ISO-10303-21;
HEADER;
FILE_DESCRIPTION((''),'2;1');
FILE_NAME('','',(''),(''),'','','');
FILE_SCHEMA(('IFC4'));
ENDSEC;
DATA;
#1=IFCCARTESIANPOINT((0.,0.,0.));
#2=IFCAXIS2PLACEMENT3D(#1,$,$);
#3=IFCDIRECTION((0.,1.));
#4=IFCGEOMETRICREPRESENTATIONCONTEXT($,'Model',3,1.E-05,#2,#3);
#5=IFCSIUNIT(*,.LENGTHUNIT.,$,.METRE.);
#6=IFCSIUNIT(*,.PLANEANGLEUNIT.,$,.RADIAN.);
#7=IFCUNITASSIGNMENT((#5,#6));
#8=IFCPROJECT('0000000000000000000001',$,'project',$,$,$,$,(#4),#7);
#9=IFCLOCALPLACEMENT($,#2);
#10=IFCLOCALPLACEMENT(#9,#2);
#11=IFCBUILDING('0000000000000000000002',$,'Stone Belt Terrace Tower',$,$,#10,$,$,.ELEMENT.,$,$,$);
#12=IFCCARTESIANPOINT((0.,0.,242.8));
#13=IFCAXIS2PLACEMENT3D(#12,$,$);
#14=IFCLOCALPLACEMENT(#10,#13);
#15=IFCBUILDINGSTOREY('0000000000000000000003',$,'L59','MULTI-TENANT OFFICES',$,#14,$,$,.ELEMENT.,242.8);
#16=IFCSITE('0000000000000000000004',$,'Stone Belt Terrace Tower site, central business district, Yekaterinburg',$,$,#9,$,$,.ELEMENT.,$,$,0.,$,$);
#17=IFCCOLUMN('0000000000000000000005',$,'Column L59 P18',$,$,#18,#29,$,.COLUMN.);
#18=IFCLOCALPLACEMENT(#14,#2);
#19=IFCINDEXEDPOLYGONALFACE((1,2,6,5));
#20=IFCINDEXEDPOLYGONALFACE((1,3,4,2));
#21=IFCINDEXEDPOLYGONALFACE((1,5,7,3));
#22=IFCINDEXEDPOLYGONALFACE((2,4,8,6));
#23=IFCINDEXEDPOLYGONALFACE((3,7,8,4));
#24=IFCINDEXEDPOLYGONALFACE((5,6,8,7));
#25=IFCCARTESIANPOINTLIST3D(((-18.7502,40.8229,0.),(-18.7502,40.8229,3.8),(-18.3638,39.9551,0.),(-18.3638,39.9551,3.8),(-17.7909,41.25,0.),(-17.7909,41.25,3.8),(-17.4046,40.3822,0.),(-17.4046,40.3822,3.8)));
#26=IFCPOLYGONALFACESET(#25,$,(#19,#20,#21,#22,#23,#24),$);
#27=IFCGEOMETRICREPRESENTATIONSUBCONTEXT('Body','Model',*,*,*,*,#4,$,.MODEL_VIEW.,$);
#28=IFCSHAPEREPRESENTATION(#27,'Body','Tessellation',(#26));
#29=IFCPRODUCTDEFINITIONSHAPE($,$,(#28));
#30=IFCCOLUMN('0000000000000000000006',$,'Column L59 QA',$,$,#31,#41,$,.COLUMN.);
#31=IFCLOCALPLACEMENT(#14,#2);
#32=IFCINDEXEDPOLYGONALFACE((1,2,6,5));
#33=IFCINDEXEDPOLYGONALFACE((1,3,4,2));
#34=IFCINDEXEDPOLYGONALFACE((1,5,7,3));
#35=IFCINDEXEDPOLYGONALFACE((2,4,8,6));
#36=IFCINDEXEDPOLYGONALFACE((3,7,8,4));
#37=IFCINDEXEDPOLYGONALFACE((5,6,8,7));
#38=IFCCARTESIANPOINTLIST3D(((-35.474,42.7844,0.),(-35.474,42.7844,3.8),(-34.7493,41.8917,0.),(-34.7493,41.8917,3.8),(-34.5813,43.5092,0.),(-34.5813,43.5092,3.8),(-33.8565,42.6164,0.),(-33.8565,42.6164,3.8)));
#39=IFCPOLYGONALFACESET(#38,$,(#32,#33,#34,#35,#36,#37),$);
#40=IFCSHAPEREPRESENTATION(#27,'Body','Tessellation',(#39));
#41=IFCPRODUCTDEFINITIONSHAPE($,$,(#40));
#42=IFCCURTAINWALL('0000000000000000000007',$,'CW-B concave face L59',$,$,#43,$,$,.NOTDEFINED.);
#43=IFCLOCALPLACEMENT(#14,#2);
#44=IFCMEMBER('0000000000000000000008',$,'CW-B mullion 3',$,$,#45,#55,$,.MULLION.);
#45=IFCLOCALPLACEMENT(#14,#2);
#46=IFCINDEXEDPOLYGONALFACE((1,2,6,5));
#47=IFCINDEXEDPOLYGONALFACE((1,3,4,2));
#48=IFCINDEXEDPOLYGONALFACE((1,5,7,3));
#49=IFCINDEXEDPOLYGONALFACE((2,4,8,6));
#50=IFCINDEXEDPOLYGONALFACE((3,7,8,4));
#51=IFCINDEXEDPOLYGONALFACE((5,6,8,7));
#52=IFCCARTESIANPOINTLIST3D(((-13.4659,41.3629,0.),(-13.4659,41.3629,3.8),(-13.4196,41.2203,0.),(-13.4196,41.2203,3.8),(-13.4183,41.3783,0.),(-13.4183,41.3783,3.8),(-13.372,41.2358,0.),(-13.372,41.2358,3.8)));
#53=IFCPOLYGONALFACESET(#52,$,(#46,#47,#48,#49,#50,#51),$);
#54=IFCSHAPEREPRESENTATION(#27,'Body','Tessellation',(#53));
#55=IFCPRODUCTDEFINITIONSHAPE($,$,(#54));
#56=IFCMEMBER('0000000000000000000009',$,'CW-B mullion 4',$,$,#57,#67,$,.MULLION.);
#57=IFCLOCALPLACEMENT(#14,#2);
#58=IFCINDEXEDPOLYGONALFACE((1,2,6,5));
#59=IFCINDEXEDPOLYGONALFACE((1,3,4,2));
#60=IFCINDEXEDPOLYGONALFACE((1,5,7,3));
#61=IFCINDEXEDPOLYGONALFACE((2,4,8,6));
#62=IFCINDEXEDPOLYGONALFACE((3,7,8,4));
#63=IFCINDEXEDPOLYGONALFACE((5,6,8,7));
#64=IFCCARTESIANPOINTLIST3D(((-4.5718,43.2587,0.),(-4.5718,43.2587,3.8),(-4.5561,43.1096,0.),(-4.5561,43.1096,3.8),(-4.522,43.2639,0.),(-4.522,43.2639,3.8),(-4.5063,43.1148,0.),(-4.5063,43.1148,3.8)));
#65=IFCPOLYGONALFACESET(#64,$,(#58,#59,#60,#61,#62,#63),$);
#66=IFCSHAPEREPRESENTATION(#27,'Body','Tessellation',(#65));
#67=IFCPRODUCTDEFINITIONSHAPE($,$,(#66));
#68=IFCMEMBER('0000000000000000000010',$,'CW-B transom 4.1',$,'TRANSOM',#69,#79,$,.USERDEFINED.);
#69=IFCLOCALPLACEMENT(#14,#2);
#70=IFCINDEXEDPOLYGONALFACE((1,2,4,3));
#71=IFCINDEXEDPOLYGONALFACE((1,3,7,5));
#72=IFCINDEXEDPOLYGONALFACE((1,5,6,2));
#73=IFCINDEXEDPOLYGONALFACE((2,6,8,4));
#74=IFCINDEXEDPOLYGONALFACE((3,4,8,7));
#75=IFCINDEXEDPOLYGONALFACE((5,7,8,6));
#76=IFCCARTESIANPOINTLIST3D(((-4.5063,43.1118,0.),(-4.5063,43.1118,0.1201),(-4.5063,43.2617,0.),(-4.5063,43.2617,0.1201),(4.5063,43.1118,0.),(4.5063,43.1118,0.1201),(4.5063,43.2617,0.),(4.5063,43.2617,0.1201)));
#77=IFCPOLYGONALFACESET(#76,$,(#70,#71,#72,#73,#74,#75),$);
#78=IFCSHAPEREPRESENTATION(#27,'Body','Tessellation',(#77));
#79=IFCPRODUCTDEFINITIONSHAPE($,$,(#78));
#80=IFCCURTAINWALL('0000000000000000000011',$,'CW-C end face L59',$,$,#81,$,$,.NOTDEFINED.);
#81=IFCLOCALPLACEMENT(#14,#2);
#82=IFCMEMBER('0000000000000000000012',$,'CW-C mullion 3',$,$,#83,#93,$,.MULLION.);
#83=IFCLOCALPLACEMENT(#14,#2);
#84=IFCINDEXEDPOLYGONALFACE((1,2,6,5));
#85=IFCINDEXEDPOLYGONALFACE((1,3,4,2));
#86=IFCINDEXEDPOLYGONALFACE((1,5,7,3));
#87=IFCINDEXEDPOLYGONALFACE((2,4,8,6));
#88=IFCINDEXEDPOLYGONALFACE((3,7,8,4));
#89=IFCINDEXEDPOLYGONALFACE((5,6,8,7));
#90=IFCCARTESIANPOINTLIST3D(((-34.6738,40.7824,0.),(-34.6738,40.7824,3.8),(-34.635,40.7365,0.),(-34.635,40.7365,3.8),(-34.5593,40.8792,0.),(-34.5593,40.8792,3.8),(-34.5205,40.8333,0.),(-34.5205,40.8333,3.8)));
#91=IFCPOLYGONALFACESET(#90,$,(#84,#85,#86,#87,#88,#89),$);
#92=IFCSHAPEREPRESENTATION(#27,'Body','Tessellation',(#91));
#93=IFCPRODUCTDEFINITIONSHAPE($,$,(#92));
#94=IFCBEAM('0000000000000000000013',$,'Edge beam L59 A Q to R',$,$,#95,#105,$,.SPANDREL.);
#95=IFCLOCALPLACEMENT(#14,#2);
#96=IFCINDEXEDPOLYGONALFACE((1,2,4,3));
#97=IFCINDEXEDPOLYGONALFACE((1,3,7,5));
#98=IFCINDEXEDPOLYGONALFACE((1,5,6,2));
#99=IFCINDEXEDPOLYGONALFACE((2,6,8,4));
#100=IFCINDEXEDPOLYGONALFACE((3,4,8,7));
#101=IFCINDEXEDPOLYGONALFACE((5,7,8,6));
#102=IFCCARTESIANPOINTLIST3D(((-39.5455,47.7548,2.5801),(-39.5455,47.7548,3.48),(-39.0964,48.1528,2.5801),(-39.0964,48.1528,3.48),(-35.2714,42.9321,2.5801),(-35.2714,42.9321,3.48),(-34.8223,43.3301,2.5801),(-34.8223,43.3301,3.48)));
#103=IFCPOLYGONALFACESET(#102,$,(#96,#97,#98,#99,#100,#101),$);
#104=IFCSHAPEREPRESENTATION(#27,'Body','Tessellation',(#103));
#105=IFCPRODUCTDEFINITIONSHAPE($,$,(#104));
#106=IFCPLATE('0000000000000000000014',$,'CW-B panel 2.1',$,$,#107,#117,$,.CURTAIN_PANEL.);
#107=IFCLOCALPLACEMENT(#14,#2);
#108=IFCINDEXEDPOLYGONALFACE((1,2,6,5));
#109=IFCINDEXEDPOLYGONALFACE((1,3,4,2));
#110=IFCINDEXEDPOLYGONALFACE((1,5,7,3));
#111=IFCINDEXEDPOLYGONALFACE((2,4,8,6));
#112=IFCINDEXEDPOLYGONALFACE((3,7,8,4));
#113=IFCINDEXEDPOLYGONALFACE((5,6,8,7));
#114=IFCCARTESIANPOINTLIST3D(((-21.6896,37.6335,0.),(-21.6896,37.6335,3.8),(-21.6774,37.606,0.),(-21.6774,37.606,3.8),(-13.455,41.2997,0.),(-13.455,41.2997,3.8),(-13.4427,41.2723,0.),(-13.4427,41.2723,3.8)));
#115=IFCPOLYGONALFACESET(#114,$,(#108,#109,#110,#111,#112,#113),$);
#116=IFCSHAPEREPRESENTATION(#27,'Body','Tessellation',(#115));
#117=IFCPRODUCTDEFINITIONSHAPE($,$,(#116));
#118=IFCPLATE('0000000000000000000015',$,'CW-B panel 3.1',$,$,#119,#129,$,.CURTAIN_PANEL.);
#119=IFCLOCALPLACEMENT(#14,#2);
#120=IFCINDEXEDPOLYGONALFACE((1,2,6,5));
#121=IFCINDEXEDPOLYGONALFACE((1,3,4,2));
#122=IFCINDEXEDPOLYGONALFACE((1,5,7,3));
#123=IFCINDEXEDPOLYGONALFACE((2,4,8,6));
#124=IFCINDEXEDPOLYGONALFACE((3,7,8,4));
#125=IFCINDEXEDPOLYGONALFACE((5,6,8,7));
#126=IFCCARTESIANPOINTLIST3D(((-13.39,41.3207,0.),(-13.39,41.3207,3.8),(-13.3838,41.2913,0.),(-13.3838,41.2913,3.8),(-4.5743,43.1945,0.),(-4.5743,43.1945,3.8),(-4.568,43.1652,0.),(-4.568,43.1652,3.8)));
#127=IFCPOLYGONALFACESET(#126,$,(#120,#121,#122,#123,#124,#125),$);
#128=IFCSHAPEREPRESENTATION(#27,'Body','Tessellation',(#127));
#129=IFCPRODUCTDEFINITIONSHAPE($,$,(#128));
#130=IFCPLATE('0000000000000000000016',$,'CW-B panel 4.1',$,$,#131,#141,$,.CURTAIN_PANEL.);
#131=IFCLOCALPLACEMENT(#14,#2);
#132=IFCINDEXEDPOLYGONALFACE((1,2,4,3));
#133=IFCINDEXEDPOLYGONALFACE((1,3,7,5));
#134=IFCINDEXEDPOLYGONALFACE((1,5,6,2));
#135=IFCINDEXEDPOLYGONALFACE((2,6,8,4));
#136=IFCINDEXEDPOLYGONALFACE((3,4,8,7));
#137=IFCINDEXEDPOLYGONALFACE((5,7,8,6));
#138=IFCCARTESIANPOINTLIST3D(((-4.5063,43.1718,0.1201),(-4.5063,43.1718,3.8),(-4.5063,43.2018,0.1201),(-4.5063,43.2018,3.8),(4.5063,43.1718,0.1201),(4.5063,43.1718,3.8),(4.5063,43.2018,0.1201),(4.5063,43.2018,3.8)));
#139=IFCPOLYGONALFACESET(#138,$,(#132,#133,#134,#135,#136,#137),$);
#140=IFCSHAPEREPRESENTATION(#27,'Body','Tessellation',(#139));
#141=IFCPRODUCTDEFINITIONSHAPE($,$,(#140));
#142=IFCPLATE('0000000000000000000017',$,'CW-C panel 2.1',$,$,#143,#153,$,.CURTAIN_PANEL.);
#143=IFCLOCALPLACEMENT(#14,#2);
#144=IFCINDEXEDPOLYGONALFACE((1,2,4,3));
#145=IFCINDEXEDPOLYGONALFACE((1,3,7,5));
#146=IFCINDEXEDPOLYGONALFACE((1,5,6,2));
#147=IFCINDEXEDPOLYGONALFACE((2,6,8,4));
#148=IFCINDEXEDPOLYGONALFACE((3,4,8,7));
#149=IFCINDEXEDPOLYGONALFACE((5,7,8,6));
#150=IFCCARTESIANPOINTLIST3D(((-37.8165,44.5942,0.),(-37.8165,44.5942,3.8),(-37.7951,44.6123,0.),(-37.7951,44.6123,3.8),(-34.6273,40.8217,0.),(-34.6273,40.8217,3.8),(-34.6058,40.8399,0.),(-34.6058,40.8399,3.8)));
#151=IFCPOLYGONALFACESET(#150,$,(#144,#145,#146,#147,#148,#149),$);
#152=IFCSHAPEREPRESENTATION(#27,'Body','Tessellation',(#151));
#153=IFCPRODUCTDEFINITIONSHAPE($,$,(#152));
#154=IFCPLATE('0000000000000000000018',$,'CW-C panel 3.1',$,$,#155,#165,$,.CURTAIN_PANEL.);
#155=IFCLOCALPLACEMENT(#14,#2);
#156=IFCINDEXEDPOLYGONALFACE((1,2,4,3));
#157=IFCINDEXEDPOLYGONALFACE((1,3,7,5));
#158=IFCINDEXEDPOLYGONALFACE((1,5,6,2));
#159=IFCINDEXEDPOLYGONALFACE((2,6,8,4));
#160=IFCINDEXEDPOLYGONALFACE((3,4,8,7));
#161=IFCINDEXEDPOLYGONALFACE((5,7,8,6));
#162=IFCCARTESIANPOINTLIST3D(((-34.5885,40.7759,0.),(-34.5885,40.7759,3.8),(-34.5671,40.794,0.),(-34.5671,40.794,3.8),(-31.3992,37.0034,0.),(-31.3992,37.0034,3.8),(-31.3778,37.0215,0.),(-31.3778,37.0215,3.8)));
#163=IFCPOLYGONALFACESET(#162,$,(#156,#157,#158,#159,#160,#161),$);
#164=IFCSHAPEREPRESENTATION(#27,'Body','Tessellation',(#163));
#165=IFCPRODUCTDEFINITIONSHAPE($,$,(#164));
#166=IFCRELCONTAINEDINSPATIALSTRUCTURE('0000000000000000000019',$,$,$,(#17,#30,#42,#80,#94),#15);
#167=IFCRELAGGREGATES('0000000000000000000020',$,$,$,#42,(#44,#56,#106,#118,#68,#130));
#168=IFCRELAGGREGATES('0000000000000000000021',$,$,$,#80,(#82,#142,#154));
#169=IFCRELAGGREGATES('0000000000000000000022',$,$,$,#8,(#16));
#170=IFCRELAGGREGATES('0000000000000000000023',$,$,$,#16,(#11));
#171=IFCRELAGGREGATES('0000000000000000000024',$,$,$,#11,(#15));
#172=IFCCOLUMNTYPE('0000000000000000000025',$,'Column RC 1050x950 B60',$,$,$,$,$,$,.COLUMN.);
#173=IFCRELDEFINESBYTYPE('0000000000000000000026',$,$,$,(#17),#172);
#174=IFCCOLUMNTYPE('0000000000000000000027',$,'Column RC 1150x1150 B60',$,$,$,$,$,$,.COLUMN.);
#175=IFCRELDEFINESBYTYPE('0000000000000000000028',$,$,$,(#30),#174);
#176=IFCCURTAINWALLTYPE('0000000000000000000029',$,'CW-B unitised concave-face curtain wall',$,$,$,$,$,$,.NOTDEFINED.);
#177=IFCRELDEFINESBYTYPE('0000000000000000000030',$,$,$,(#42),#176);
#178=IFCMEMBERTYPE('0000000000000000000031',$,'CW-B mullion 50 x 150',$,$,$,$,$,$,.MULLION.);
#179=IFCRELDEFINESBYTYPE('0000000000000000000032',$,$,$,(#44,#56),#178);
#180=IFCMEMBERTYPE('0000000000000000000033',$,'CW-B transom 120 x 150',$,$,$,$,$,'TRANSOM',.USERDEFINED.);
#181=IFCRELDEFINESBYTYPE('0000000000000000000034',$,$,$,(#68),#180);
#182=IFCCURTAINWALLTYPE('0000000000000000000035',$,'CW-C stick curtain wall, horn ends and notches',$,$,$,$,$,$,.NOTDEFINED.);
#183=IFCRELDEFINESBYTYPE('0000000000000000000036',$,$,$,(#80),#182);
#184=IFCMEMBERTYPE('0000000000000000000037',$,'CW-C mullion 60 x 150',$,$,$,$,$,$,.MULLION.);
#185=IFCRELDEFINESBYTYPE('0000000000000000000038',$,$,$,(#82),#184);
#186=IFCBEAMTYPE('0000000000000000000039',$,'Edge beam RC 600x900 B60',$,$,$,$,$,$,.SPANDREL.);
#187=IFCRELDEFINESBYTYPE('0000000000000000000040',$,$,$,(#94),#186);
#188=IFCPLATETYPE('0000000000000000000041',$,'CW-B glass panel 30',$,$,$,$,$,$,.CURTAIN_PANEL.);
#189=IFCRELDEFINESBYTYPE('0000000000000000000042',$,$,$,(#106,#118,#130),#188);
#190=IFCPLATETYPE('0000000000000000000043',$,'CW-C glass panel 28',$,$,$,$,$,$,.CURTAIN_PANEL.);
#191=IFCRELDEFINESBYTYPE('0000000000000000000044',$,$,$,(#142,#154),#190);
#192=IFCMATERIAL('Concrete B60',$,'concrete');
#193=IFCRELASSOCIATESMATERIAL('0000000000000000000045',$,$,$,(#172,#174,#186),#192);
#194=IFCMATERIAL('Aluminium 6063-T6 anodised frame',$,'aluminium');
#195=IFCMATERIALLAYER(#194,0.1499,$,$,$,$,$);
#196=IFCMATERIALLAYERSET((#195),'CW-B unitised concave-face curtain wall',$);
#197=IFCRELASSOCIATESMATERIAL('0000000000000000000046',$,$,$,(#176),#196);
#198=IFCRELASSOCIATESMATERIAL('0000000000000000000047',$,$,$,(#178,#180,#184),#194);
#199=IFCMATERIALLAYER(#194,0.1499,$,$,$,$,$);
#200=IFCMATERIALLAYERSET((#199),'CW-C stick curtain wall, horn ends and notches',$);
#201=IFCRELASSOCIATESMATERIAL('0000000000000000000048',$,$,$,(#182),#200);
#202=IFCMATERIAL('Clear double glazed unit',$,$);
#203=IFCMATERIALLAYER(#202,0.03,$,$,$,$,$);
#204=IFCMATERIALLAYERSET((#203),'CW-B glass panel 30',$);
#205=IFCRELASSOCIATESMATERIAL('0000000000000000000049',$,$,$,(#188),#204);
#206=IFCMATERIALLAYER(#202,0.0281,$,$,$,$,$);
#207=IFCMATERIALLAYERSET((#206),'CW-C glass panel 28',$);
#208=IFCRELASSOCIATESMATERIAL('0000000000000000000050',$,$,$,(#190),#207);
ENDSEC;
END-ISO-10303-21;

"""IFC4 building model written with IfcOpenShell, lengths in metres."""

from ifc_helpers import new_model, si_unit, direction, frame, origin, origin_2d, place, context, subcontext, project, spatial, rectangle, extrude, material, layer, layer_set, material_profile, profile_set, type_object, element, aggregate, save


model = new_model("IFC4")

# Units and contexts
model_context = context("Model", 3, precision=1e-05, world=origin(), true_north=direction((0.0, 1.0)))
body_context = subcontext(model_context, "Body", "Model", "MODEL_VIEW")
ifc_project = project(units=[si_unit("LENGTHUNIT", "METRE"), si_unit("PLANEANGLEUNIT", "RADIAN")], contexts=[model_context])

# Site, building, storey
site_placement = place(None, origin())
site = spatial("IfcSite", under=ifc_project, at=site_placement, Name="Stone Belt Terrace Tower site, central business district, Yekaterinburg", CompositionType="ELEMENT", RefElevation=0.0)
building_placement = place(site_placement, origin())
building = spatial("IfcBuilding", under=site, at=building_placement, Name="Stone Belt Terrace Tower", CompositionType="ELEMENT")
storey_placement = place(building_placement, frame((0.0, 0.0, 242.8)))
storey = spatial("IfcBuildingStorey", under=building, at=storey_placement, Name="L59", Description="MULTI-TENANT OFFICES", CompositionType="ELEMENT", Elevation=242.8)

# Columns
ifc_material_1 = material(Name="Concrete B60", Category="concrete")
ifc_material_profile_1 = material_profile(ifc_material_1, rectangle(XDim=1.05, YDim=0.95, at=origin_2d()), Name="RC 1050x950")
ifc_profile_set_1 = profile_set([ifc_material_profile_1], Name="Concrete B60")
column_type_1 = type_object("IfcColumnType", Name="Column RC 1050x950 B60", PredefinedType="COLUMN", material=ifc_profile_set_1)
column_1_placement = place(storey_placement, frame((-18.0774, 40.6025, 0.0), z_axis=(0.0, 0.0, 1.0), x_axis=(0.913545, 0.406737, 0.0)))
element("IfcColumn", 1, at=column_1_placement, inside=storey, type_object=column_type_1, Name="Column L59 P18", PredefinedType="COLUMN", context=body_context, shape_type="SweptSolid", body=[
    extrude(rectangle(XDim=1.05, YDim=0.95, at=origin_2d()), origin(), (0.0, 0.0, 1.0), 3.8),
])
ifc_material_profile_2 = material_profile(ifc_material_1, rectangle(XDim=1.1499, YDim=1.1499, at=origin_2d()), Name="RC 1150x1150")
ifc_profile_set_2 = profile_set([ifc_material_profile_2], Name="Concrete B60")
column_type_2 = type_object("IfcColumnType", Name="Column RC 1150x1150 B60", PredefinedType="COLUMN", material=ifc_profile_set_2)
column_2_placement = place(storey_placement, frame((-34.6653, 42.7004, 0.0), z_axis=(0.0, 0.0, 1.0), x_axis=(0.776371, 0.630276, 0.0)))
element("IfcColumn", 2, at=column_2_placement, inside=storey, type_object=column_type_2, Name="Column L59 QA", PredefinedType="COLUMN", context=body_context, shape_type="SweptSolid", body=[
    extrude(rectangle(XDim=1.1499, YDim=1.1499, at=origin_2d()), origin(), (0.0, 0.0, 1.0), 3.8),
])

# Curtain wall, members
ifc_material_2 = material(Name="Aluminium 6063-T6 anodised frame", Category="aluminium")
ifc_layer_1 = layer(ifc_material_2, 0.1499)
ifc_layer_set_1 = layer_set([ifc_layer_1], Name="CW-B unitised concave-face curtain wall")
curtain_wall_type_1 = type_object("IfcCurtainWallType", Name="CW-B unitised concave-face curtain wall", PredefinedType="NOTDEFINED", material=ifc_layer_set_1)
curtain_wall_1_placement = place(storey_placement, origin())
curtain_wall_1 = element("IfcCurtainWall", 3, at=curtain_wall_1_placement, inside=storey, type_object=curtain_wall_type_1, Name="CW-B concave face L59", PredefinedType="NOTDEFINED")
ifc_material_profile_3 = material_profile(ifc_material_2, rectangle(XDim=0.1499, YDim=0.05, at=origin_2d()), Name="Aluminium 6063-T6 50x150")
ifc_profile_set_3 = profile_set([ifc_material_profile_3], Name="Aluminium 6063-T6 anodised frame")
member_type_1 = type_object("IfcMemberType", Name="CW-B mullion 50 x 150", PredefinedType="MULLION", material=ifc_profile_set_3)
member_1_placement = place(storey_placement, frame((-13.4189, 41.2993, 0.0), z_axis=(0.0, 0.0, 1.0), x_axis=(-0.309017, 0.951057, 0.0)))
member_1 = element("IfcMember", 4, at=member_1_placement, type_object=member_type_1, Name="CW-B mullion 3", PredefinedType="MULLION", context=body_context, shape_type="SweptSolid", body=[
    extrude(rectangle(XDim=0.1499, YDim=0.05, at=origin_2d()), origin(), (0.0, 0.0, 1.0), 3.8),
])
member_2_placement = place(storey_placement, frame((-4.5391, 43.1868, 0.0), z_axis=(0.0, 0.0, 1.0), x_axis=(-0.104528, 0.994522, 0.0)))
member_2 = element("IfcMember", 5, at=member_2_placement, type_object=member_type_1, Name="CW-B mullion 4", PredefinedType="MULLION", context=body_context, shape_type="SweptSolid", body=[
    extrude(rectangle(XDim=0.1499, YDim=0.05, at=origin_2d()), origin(), (0.0, 0.0, 1.0), 3.8),
])
ifc_material_profile_4 = material_profile(ifc_material_2, rectangle(XDim=0.1499, YDim=0.1201, at=origin_2d()), Name="Aluminium 6063-T6 150x120")
ifc_profile_set_4 = profile_set([ifc_material_profile_4], Name="Aluminium 6063-T6 anodised frame")
member_type_2 = type_object("IfcMemberType", Name="CW-B transom 120 x 150", ElementType="TRANSOM", PredefinedType="USERDEFINED", material=ifc_profile_set_4)
member_3_placement = place(storey_placement, frame((-4.5063, 43.1868, 0.0601), z_axis=(1.0, 0.0, 0.0), x_axis=(0.0, 1.0, 0.0)))
member_3 = element("IfcMember", 6, at=member_3_placement, type_object=member_type_2, Name="CW-B transom 4.1", ObjectType="TRANSOM", PredefinedType="USERDEFINED", context=body_context, shape_type="SweptSolid", body=[
    extrude(rectangle(XDim=0.1499, YDim=0.1201, at=origin_2d()), origin(), (0.0, 0.0, 1.0), 9.0127),
])

# Curtain wall, member
ifc_layer_2 = layer(ifc_material_2, 0.1499)
ifc_layer_set_2 = layer_set([ifc_layer_2], Name="CW-C stick curtain wall, horn ends and notches")
curtain_wall_type_2 = type_object("IfcCurtainWallType", Name="CW-C stick curtain wall, horn ends and notches", PredefinedType="NOTDEFINED", material=ifc_layer_set_2)
curtain_wall_2_placement = place(storey_placement, origin())
curtain_wall_2 = element("IfcCurtainWall", 7, at=curtain_wall_2_placement, inside=storey, type_object=curtain_wall_type_2, Name="CW-C end face L59", PredefinedType="NOTDEFINED")
ifc_material_profile_5 = material_profile(ifc_material_2, rectangle(XDim=0.1499, YDim=0.0601, at=origin_2d()), Name="Aluminium 6063-T6 60x150")
ifc_profile_set_5 = profile_set([ifc_material_profile_5], Name="Aluminium 6063-T6 anodised frame")
member_type_3 = type_object("IfcMemberType", Name="CW-C mullion 60 x 150", PredefinedType="MULLION", material=ifc_profile_set_5)
member_4_placement = place(storey_placement, frame((-34.5972, 40.8079, 0.0), z_axis=(0.0, 0.0, 1.0), x_axis=(0.76367, 0.645607, 0.0)))
member_4 = element("IfcMember", 8, at=member_4_placement, type_object=member_type_3, Name="CW-C mullion 3", PredefinedType="MULLION", context=body_context, shape_type="SweptSolid", body=[
    extrude(rectangle(XDim=0.1499, YDim=0.0601, at=origin_2d()), origin(), (0.0, 0.0, 1.0), 3.8),
])

# Beam
ifc_material_profile_6 = material_profile(ifc_material_1, rectangle(XDim=0.6001, YDim=0.8999, at=origin_2d()), Name="RC 600x900")
ifc_profile_set_6 = profile_set([ifc_material_profile_6], Name="Concrete B60")
beam_type = type_object("IfcBeamType", Name="Edge beam RC 600x900 B60", PredefinedType="SPANDREL", material=ifc_profile_set_6)
beam_placement = place(storey_placement, frame((-35.0469, 43.1311, 3.03), z_axis=(-0.66326, 0.748389, 0.0), x_axis=(-0.748389, -0.66326, 0.0)))
element("IfcBeam", 9, at=beam_placement, inside=storey, type_object=beam_type, Name="Edge beam L59 A Q to R", PredefinedType="SPANDREL", context=body_context, shape_type="SweptSolid", body=[
    extrude(rectangle(XDim=0.6001, YDim=0.8999, at=origin_2d()), origin(), (0.0, 0.0, 1.0), 6.4441),
])

# Plates
ifc_material_3 = material(Name="Clear double glazed unit")
ifc_layer_3 = layer(ifc_material_3, 0.03)
ifc_layer_set_3 = layer_set([ifc_layer_3], Name="CW-B glass panel 30")
plate_type_1 = type_object("IfcPlateType", Name="CW-B glass panel 30", PredefinedType="CURTAIN_PANEL", material=ifc_layer_set_3)
plate_1_placement = place(storey_placement, frame((-17.5662, 39.4529, 0.0), z_axis=(0.0, 0.0, 1.0), x_axis=(0.913545, 0.406737, 0.0)))
plate_1 = element("IfcPlate", 10, at=plate_1_placement, type_object=plate_type_1, Name="CW-B panel 2.1", PredefinedType="CURTAIN_PANEL", context=body_context, shape_type="SweptSolid", body=[
    extrude(rectangle(XDim=9.0139, YDim=0.03, at=origin_2d()), origin(), (0.0, 0.0, 1.0), 3.8),
])
plate_2_placement = place(storey_placement, frame((-8.979, 42.2429, 0.0), z_axis=(0.0, 0.0, 1.0), x_axis=(0.978148, 0.207912, 0.0)))
plate_2 = element("IfcPlate", 11, at=plate_2_placement, type_object=plate_type_1, Name="CW-B panel 3.1", PredefinedType="CURTAIN_PANEL", context=body_context, shape_type="SweptSolid", body=[
    extrude(rectangle(XDim=9.0127, YDim=0.03, at=origin_2d()), origin(), (0.0, 0.0, 1.0), 3.8),
])
plate_3_placement = place(storey_placement, frame((0.0, 43.1868, 0.1201), z_axis=(0.0, 0.0, 1.0), x_axis=(1.0, 0.0, 0.0)))
plate_3 = element("IfcPlate", 12, at=plate_3_placement, type_object=plate_type_1, Name="CW-B panel 4.1", PredefinedType="CURTAIN_PANEL", context=body_context, shape_type="SweptSolid", body=[
    extrude(rectangle(XDim=9.0127, YDim=0.03, at=origin_2d()), origin(), (0.0, 0.0, 1.0), 3.6799),
])
aggregate(curtain_wall_1, [member_1, member_2, plate_1, plate_2, member_3, plate_3])
ifc_layer_4 = layer(ifc_material_3, 0.0281)
ifc_layer_set_4 = layer_set([ifc_layer_4], Name="CW-C glass panel 28")
plate_type_2 = type_object("IfcPlateType", Name="CW-C glass panel 28", PredefinedType="CURTAIN_PANEL", material=ifc_layer_set_4)
plate_4_placement = place(storey_placement, frame((-36.2112, 42.717, 0.0), z_axis=(0.0, 0.0, 1.0), x_axis=(0.645607, -0.76367, 0.0)))
plate_4 = element("IfcPlate", 13, at=plate_4_placement, type_object=plate_type_2, Name="CW-C panel 2.1", PredefinedType="CURTAIN_PANEL", context=body_context, shape_type="SweptSolid", body=[
    extrude(rectangle(XDim=4.9399, YDim=0.0281, at=origin_2d()), origin(), (0.0, 0.0, 1.0), 3.8),
])
plate_5_placement = place(storey_placement, frame((-32.9832, 38.8987, 0.0), z_axis=(0.0, 0.0, 1.0), x_axis=(0.645607, -0.76367, 0.0)))
plate_5 = element("IfcPlate", 14, at=plate_5_placement, type_object=plate_type_2, Name="CW-C panel 3.1", PredefinedType="CURTAIN_PANEL", context=body_context, shape_type="SweptSolid", body=[
    extrude(rectangle(XDim=4.9399, YDim=0.0281, at=origin_2d()), origin(), (0.0, 0.0, 1.0), 3.8),
])
aggregate(curtain_wall_2, [member_4, plate_4, plate_5])

save(model, "model.ifc")
